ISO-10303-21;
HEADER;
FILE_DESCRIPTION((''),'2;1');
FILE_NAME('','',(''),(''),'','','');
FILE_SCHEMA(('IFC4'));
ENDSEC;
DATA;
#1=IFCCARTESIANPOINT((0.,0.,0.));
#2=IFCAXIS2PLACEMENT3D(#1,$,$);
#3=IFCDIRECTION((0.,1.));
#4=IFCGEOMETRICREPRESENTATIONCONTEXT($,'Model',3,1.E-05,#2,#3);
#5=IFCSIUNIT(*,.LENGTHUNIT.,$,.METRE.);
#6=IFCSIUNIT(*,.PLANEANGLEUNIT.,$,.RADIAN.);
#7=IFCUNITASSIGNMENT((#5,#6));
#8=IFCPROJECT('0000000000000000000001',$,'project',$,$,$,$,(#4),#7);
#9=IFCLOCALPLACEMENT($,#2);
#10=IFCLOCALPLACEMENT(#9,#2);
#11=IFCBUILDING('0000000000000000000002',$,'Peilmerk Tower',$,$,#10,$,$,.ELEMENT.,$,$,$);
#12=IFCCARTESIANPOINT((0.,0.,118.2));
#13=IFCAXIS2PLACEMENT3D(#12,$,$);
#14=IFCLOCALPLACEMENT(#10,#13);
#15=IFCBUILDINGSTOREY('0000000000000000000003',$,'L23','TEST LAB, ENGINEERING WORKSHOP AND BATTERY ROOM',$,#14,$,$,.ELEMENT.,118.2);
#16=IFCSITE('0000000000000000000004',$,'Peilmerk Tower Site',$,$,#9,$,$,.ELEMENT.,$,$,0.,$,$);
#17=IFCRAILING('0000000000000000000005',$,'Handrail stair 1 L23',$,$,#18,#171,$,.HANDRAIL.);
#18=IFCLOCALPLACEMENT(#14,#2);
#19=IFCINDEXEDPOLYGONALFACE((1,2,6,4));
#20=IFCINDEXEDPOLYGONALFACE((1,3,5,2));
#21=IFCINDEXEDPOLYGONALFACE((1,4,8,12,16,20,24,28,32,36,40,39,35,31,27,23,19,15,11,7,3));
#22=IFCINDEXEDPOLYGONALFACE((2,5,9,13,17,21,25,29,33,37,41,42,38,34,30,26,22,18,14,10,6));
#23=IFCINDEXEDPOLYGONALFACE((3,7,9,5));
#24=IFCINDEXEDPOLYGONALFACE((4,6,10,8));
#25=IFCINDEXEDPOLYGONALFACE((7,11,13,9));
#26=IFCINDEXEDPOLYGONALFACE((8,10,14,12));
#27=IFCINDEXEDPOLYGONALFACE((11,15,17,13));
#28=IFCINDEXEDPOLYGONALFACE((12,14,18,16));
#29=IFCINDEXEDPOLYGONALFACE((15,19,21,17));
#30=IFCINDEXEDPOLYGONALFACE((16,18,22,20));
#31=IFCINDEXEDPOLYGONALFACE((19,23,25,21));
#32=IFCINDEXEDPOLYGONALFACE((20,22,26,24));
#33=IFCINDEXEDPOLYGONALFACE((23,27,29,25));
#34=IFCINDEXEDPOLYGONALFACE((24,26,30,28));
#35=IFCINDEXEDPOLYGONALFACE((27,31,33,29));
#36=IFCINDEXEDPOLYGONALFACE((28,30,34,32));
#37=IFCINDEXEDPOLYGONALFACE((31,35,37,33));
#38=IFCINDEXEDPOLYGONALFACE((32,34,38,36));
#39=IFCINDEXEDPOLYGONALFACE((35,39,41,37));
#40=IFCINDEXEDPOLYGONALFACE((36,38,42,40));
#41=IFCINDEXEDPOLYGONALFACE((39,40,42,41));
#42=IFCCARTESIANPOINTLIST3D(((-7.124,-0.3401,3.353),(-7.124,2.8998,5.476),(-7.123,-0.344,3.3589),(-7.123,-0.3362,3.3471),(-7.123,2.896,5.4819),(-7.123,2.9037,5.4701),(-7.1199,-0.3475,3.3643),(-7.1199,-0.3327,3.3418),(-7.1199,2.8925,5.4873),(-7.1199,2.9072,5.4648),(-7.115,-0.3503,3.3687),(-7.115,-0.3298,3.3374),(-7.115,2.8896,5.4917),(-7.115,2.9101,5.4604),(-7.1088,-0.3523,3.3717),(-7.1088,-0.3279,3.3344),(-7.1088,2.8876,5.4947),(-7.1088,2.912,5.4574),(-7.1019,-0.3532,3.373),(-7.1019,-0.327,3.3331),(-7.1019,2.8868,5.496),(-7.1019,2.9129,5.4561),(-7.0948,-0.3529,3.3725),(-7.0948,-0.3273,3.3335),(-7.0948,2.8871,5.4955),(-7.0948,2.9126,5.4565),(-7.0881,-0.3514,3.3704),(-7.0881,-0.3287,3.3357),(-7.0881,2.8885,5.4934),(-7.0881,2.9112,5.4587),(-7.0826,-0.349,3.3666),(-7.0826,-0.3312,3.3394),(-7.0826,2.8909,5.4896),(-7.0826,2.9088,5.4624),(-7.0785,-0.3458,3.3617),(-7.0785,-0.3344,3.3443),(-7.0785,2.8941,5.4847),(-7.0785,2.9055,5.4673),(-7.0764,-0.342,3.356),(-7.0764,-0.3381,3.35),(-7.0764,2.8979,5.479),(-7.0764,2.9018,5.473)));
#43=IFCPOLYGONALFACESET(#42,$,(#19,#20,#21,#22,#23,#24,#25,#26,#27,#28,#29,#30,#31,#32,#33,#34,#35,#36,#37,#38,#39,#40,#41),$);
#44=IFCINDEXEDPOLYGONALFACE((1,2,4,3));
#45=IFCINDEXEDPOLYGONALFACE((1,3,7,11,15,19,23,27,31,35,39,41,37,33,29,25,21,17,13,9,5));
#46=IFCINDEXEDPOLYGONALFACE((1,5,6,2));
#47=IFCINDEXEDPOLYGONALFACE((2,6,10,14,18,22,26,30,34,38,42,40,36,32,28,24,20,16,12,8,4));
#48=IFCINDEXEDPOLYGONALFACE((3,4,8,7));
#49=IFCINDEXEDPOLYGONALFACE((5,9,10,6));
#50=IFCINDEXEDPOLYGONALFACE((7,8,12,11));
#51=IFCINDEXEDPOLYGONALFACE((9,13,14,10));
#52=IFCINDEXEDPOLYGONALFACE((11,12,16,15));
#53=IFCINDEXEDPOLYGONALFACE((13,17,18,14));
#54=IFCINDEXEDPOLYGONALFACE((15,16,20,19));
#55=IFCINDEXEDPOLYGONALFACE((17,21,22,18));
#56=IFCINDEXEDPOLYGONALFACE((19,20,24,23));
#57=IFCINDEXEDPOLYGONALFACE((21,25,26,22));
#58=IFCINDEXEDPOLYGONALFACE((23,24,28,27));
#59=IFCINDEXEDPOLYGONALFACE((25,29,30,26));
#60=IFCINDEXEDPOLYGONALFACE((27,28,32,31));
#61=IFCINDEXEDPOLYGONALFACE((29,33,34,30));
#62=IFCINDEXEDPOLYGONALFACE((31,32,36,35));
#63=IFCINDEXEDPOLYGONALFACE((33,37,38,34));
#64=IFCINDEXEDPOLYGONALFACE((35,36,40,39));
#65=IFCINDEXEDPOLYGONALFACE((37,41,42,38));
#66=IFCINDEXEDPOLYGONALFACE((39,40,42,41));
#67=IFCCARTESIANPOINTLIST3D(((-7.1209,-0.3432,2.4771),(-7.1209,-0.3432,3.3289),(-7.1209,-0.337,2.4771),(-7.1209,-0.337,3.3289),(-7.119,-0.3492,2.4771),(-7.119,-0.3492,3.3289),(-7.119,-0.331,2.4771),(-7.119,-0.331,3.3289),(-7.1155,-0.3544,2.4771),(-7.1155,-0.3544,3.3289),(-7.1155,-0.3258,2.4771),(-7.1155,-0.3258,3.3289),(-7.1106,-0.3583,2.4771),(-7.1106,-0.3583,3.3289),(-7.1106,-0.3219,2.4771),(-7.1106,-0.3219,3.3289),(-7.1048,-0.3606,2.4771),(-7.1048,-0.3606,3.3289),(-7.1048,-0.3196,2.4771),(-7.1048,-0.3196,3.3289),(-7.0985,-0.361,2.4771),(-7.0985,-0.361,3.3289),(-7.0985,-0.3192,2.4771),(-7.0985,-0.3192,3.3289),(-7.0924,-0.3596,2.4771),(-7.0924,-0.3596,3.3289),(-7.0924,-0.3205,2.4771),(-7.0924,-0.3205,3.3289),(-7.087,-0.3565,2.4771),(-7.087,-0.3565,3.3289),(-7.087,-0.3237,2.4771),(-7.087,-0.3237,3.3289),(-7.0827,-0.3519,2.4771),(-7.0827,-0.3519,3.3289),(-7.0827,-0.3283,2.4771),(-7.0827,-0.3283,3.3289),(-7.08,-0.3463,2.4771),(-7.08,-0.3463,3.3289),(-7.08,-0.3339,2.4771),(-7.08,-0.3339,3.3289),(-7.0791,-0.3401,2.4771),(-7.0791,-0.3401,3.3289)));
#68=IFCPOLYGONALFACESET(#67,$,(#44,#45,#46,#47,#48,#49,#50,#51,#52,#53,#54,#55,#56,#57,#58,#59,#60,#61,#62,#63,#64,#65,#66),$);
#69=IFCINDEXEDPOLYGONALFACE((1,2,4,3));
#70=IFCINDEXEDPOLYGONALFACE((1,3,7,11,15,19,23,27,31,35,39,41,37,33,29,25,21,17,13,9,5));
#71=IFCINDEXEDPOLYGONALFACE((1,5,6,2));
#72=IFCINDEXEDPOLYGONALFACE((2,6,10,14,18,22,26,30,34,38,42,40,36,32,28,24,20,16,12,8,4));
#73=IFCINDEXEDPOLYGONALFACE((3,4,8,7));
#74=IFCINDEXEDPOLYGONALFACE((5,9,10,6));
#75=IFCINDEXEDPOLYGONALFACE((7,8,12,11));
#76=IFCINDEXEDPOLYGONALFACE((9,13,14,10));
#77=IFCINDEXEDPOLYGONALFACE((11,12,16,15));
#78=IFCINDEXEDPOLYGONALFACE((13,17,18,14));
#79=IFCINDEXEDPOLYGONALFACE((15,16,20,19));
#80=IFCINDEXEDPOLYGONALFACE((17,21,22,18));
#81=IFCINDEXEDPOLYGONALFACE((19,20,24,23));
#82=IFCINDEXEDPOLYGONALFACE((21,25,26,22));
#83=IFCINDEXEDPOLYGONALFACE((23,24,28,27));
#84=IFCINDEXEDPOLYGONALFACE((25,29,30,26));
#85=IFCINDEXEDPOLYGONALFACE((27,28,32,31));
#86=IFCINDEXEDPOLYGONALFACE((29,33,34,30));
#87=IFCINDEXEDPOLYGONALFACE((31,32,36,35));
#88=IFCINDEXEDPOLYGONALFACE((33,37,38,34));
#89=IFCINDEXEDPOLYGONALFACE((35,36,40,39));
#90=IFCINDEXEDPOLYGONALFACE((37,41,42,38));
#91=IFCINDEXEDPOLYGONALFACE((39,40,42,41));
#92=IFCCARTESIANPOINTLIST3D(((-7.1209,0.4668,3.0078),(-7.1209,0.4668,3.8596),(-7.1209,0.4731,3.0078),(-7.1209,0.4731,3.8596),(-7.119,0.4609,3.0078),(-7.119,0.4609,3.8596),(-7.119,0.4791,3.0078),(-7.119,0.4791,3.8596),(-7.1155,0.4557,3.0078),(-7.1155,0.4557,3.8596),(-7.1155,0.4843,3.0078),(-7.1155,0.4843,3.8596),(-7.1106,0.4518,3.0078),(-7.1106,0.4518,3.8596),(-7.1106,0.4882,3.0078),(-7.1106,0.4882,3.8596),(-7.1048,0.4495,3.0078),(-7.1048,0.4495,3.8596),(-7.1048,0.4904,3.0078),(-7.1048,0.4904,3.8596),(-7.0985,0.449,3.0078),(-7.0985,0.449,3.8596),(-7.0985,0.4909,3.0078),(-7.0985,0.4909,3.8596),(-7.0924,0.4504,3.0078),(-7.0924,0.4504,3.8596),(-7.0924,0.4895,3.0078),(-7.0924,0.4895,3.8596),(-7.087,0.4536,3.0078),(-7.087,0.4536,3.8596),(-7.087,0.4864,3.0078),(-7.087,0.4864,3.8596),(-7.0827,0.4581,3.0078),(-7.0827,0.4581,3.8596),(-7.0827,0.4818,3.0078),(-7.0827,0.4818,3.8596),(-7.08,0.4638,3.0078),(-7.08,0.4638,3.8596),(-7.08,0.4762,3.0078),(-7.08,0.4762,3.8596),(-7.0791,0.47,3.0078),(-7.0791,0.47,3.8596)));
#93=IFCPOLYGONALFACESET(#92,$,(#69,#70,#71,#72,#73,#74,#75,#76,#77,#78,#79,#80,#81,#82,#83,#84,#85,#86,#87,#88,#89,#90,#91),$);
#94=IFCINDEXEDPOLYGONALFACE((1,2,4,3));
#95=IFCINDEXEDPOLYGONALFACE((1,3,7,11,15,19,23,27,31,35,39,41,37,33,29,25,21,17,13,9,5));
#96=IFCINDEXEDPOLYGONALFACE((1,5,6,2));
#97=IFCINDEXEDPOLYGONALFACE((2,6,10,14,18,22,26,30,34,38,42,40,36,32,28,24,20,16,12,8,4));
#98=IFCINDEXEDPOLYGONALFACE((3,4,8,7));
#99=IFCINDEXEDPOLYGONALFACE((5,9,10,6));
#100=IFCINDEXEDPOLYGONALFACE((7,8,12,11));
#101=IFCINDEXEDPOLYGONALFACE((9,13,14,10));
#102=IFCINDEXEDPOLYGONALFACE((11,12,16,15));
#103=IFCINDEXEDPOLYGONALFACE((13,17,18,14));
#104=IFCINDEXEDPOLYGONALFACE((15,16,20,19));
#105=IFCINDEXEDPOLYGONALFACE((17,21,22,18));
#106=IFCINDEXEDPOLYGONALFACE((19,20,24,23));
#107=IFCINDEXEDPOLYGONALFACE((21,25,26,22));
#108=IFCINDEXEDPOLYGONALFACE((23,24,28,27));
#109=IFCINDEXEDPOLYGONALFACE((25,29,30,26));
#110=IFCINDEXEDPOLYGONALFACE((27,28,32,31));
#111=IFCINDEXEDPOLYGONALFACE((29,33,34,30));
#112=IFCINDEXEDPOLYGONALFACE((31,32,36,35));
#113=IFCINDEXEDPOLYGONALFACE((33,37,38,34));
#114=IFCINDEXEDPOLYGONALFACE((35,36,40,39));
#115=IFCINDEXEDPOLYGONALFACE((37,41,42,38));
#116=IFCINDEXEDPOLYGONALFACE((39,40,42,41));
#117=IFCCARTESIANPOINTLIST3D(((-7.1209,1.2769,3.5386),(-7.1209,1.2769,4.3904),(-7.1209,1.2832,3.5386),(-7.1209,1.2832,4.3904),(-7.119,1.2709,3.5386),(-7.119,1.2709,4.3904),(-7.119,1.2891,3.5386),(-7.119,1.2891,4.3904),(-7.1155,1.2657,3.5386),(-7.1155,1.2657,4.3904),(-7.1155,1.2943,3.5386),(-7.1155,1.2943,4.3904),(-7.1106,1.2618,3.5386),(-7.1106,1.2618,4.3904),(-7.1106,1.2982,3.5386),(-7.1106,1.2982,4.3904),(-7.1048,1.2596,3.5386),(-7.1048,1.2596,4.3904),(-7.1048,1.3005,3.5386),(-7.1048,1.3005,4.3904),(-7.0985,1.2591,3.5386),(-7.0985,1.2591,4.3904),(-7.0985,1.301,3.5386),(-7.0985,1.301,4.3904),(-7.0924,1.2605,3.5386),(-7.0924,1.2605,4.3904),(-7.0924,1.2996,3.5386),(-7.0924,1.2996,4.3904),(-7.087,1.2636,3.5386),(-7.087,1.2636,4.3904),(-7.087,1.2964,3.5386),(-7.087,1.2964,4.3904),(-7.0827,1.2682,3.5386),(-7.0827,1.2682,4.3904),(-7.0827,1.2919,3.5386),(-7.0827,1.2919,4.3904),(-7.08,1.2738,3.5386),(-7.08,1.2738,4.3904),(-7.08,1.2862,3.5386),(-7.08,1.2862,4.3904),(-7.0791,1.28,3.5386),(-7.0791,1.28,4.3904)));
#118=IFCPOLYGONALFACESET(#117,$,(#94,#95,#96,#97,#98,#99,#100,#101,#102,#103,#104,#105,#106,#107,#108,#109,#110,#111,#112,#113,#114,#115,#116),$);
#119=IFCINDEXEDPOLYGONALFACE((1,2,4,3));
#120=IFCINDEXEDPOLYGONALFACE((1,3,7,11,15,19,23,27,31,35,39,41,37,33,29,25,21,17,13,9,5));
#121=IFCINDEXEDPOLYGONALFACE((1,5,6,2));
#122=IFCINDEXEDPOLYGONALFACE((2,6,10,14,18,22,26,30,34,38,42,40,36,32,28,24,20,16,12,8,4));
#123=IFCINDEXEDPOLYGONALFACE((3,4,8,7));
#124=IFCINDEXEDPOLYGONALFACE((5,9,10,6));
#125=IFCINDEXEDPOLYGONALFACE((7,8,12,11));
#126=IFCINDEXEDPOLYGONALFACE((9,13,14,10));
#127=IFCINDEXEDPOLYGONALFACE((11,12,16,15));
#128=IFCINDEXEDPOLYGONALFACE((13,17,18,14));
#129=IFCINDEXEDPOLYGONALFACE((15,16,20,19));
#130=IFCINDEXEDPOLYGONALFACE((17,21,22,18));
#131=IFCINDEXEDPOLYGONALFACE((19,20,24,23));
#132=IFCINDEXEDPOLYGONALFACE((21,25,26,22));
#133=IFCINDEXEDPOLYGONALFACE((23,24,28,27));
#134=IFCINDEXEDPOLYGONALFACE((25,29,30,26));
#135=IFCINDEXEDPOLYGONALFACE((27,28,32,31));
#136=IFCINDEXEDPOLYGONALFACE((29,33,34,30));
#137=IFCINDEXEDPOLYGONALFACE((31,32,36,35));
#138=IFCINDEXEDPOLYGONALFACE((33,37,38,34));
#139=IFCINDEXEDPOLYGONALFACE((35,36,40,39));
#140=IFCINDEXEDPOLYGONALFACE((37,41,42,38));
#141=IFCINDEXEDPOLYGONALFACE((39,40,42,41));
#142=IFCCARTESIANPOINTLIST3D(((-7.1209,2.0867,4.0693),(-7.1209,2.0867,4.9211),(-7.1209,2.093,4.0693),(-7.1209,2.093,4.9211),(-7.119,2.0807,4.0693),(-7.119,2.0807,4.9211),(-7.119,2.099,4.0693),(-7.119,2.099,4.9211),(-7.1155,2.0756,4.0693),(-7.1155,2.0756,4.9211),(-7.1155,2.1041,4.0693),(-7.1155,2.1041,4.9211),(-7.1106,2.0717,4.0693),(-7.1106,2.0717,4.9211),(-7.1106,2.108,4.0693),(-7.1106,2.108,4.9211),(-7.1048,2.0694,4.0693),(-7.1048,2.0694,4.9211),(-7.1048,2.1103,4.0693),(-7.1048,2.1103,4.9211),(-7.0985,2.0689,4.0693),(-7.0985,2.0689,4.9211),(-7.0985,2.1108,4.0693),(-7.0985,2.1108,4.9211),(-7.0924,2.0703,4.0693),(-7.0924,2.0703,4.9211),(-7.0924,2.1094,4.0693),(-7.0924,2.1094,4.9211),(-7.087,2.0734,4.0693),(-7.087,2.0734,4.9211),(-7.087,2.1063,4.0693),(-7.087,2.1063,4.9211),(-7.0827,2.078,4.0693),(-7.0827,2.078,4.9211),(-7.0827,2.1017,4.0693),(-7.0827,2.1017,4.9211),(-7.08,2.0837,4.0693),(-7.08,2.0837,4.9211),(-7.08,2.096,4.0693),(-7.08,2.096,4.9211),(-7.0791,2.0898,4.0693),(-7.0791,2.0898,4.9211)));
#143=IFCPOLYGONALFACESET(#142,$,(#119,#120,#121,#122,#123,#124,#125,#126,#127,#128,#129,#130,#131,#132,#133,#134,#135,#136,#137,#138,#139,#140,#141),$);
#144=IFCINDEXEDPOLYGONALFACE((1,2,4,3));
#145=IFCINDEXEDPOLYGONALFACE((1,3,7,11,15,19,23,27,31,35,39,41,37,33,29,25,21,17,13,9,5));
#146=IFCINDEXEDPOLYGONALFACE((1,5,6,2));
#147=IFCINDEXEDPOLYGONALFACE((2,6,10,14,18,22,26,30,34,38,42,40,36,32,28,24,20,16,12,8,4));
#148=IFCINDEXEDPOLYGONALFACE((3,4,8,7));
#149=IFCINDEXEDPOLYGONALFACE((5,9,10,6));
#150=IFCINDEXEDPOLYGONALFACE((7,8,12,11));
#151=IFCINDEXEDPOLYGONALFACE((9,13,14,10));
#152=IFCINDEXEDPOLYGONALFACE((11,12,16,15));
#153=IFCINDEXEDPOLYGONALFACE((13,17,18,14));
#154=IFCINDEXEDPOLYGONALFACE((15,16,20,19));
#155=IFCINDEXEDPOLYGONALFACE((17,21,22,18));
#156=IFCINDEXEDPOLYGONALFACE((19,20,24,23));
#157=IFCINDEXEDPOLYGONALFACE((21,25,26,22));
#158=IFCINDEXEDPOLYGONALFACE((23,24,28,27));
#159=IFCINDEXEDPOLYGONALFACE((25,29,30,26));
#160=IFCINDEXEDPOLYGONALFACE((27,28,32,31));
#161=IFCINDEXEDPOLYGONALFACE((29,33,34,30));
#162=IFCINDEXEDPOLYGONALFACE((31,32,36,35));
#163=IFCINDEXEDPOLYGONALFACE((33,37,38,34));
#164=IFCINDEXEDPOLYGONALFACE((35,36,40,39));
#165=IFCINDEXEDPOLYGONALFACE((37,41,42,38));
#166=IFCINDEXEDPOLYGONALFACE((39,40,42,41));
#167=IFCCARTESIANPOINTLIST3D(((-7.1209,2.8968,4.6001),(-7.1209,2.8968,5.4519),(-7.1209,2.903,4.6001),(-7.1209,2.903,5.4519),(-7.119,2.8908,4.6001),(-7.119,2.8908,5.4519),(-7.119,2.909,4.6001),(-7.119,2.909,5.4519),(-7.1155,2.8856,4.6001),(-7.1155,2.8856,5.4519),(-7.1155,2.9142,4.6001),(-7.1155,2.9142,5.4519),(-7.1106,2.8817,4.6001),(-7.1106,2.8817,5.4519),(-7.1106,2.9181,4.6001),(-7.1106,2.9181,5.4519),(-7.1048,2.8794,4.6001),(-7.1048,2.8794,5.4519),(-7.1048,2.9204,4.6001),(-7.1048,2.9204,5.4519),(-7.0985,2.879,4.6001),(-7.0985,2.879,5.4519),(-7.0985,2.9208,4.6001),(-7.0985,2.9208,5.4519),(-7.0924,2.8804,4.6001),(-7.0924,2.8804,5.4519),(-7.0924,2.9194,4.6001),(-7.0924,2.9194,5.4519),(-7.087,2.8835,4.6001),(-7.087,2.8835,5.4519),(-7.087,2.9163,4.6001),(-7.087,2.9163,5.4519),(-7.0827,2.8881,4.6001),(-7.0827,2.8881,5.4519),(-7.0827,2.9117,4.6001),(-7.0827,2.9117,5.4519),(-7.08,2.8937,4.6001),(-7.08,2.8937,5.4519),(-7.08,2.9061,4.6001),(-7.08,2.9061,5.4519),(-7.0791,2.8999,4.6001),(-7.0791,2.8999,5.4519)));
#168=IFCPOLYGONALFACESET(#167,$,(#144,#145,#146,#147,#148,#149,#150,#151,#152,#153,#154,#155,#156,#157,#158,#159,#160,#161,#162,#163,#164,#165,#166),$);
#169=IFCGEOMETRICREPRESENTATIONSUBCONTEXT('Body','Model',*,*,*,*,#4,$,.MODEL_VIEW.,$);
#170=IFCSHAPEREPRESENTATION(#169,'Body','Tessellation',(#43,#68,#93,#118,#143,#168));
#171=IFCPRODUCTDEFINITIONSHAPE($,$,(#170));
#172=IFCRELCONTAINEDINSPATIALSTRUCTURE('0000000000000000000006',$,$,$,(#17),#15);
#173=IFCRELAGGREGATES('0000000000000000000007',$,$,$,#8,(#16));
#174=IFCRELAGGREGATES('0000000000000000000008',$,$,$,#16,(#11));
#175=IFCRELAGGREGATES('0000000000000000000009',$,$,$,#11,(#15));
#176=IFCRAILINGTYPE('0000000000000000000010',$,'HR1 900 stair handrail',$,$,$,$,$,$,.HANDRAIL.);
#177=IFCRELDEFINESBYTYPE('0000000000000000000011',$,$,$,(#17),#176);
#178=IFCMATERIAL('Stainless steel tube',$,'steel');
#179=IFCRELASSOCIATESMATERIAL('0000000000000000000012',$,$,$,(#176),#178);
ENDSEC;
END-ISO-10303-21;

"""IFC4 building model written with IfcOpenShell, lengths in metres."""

from ifc_helpers import new_model, si_unit, direction, frame, origin, origin_2d, place, context, subcontext, project, spatial, circle, extrude, material, type_object, element, save


model = new_model("IFC4")

# Units and contexts
model_context = context("Model", 3, precision=1e-05, world=origin(), true_north=direction((0.0, 1.0)))
body_context = subcontext(model_context, "Body", "Model", "MODEL_VIEW")
ifc_project = project(units=[si_unit("LENGTHUNIT", "METRE"), si_unit("PLANEANGLEUNIT", "RADIAN")], contexts=[model_context])

# Site, building, storey
site_placement = place(None, origin())
site = spatial("IfcSite", under=ifc_project, at=site_placement, Name="Peilmerk Tower Site", CompositionType="ELEMENT", RefElevation=0.0)
building_placement = place(site_placement, origin())
building = spatial("IfcBuilding", under=site, at=building_placement, Name="Peilmerk Tower", CompositionType="ELEMENT")
storey_placement = place(building_placement, frame((0.0, 0.0, 118.2)))
storey = spatial("IfcBuildingStorey", under=building, at=storey_placement, Name="L23", Description="TEST LAB, ENGINEERING WORKSHOP AND BATTERY ROOM", CompositionType="ELEMENT", Elevation=118.2)

# Railing
ifc_material_1 = material(Name="Stainless steel tube", Category="steel")
railing_type_1 = type_object("IfcRailingType", Name="HR1 900 stair handrail", PredefinedType="HANDRAIL", material=ifc_material_1)
railing_1_placement = place(storey_placement, frame((-7.1001, -0.3401, 2.4771)))
element("IfcRailing", 1, at=railing_1_placement, inside=storey, type_object=railing_type_1, Name="Handrail stair 1 L23", PredefinedType="HANDRAIL", context=body_context, shape_type="SweptSolid", body=[
    extrude(circle(Radius=0.0239, at=origin_2d()), frame((0.0, 0.0, 0.876), z_axis=(0.0, 0.836426, 0.548079), x_axis=(-1.0, 0.0, 0.0)), (0.0, 0.0, 1.0), 3.8735),
    extrude(circle(Radius=0.021, at=origin_2d()), origin(), (0.0, 0.0, 1.0), 0.8518),
    extrude(circle(Radius=0.021, at=origin_2d()), frame((0.0, 0.8101, 0.5308)), (0.0, 0.0, 1.0), 0.8518),
    extrude(circle(Radius=0.021, at=origin_2d()), frame((0.0, 1.6201, 1.0615)), (0.0, 0.0, 1.0), 0.8518),
    extrude(circle(Radius=0.021, at=origin_2d()), frame((0.0, 2.4299, 1.5923)), (0.0, 0.0, 1.0), 0.8518),
    extrude(circle(Radius=0.021, at=origin_2d()), frame((0.0, 3.24, 2.123)), (0.0, 0.0, 1.0), 0.8518),
])

save(model, "model.ifc")
